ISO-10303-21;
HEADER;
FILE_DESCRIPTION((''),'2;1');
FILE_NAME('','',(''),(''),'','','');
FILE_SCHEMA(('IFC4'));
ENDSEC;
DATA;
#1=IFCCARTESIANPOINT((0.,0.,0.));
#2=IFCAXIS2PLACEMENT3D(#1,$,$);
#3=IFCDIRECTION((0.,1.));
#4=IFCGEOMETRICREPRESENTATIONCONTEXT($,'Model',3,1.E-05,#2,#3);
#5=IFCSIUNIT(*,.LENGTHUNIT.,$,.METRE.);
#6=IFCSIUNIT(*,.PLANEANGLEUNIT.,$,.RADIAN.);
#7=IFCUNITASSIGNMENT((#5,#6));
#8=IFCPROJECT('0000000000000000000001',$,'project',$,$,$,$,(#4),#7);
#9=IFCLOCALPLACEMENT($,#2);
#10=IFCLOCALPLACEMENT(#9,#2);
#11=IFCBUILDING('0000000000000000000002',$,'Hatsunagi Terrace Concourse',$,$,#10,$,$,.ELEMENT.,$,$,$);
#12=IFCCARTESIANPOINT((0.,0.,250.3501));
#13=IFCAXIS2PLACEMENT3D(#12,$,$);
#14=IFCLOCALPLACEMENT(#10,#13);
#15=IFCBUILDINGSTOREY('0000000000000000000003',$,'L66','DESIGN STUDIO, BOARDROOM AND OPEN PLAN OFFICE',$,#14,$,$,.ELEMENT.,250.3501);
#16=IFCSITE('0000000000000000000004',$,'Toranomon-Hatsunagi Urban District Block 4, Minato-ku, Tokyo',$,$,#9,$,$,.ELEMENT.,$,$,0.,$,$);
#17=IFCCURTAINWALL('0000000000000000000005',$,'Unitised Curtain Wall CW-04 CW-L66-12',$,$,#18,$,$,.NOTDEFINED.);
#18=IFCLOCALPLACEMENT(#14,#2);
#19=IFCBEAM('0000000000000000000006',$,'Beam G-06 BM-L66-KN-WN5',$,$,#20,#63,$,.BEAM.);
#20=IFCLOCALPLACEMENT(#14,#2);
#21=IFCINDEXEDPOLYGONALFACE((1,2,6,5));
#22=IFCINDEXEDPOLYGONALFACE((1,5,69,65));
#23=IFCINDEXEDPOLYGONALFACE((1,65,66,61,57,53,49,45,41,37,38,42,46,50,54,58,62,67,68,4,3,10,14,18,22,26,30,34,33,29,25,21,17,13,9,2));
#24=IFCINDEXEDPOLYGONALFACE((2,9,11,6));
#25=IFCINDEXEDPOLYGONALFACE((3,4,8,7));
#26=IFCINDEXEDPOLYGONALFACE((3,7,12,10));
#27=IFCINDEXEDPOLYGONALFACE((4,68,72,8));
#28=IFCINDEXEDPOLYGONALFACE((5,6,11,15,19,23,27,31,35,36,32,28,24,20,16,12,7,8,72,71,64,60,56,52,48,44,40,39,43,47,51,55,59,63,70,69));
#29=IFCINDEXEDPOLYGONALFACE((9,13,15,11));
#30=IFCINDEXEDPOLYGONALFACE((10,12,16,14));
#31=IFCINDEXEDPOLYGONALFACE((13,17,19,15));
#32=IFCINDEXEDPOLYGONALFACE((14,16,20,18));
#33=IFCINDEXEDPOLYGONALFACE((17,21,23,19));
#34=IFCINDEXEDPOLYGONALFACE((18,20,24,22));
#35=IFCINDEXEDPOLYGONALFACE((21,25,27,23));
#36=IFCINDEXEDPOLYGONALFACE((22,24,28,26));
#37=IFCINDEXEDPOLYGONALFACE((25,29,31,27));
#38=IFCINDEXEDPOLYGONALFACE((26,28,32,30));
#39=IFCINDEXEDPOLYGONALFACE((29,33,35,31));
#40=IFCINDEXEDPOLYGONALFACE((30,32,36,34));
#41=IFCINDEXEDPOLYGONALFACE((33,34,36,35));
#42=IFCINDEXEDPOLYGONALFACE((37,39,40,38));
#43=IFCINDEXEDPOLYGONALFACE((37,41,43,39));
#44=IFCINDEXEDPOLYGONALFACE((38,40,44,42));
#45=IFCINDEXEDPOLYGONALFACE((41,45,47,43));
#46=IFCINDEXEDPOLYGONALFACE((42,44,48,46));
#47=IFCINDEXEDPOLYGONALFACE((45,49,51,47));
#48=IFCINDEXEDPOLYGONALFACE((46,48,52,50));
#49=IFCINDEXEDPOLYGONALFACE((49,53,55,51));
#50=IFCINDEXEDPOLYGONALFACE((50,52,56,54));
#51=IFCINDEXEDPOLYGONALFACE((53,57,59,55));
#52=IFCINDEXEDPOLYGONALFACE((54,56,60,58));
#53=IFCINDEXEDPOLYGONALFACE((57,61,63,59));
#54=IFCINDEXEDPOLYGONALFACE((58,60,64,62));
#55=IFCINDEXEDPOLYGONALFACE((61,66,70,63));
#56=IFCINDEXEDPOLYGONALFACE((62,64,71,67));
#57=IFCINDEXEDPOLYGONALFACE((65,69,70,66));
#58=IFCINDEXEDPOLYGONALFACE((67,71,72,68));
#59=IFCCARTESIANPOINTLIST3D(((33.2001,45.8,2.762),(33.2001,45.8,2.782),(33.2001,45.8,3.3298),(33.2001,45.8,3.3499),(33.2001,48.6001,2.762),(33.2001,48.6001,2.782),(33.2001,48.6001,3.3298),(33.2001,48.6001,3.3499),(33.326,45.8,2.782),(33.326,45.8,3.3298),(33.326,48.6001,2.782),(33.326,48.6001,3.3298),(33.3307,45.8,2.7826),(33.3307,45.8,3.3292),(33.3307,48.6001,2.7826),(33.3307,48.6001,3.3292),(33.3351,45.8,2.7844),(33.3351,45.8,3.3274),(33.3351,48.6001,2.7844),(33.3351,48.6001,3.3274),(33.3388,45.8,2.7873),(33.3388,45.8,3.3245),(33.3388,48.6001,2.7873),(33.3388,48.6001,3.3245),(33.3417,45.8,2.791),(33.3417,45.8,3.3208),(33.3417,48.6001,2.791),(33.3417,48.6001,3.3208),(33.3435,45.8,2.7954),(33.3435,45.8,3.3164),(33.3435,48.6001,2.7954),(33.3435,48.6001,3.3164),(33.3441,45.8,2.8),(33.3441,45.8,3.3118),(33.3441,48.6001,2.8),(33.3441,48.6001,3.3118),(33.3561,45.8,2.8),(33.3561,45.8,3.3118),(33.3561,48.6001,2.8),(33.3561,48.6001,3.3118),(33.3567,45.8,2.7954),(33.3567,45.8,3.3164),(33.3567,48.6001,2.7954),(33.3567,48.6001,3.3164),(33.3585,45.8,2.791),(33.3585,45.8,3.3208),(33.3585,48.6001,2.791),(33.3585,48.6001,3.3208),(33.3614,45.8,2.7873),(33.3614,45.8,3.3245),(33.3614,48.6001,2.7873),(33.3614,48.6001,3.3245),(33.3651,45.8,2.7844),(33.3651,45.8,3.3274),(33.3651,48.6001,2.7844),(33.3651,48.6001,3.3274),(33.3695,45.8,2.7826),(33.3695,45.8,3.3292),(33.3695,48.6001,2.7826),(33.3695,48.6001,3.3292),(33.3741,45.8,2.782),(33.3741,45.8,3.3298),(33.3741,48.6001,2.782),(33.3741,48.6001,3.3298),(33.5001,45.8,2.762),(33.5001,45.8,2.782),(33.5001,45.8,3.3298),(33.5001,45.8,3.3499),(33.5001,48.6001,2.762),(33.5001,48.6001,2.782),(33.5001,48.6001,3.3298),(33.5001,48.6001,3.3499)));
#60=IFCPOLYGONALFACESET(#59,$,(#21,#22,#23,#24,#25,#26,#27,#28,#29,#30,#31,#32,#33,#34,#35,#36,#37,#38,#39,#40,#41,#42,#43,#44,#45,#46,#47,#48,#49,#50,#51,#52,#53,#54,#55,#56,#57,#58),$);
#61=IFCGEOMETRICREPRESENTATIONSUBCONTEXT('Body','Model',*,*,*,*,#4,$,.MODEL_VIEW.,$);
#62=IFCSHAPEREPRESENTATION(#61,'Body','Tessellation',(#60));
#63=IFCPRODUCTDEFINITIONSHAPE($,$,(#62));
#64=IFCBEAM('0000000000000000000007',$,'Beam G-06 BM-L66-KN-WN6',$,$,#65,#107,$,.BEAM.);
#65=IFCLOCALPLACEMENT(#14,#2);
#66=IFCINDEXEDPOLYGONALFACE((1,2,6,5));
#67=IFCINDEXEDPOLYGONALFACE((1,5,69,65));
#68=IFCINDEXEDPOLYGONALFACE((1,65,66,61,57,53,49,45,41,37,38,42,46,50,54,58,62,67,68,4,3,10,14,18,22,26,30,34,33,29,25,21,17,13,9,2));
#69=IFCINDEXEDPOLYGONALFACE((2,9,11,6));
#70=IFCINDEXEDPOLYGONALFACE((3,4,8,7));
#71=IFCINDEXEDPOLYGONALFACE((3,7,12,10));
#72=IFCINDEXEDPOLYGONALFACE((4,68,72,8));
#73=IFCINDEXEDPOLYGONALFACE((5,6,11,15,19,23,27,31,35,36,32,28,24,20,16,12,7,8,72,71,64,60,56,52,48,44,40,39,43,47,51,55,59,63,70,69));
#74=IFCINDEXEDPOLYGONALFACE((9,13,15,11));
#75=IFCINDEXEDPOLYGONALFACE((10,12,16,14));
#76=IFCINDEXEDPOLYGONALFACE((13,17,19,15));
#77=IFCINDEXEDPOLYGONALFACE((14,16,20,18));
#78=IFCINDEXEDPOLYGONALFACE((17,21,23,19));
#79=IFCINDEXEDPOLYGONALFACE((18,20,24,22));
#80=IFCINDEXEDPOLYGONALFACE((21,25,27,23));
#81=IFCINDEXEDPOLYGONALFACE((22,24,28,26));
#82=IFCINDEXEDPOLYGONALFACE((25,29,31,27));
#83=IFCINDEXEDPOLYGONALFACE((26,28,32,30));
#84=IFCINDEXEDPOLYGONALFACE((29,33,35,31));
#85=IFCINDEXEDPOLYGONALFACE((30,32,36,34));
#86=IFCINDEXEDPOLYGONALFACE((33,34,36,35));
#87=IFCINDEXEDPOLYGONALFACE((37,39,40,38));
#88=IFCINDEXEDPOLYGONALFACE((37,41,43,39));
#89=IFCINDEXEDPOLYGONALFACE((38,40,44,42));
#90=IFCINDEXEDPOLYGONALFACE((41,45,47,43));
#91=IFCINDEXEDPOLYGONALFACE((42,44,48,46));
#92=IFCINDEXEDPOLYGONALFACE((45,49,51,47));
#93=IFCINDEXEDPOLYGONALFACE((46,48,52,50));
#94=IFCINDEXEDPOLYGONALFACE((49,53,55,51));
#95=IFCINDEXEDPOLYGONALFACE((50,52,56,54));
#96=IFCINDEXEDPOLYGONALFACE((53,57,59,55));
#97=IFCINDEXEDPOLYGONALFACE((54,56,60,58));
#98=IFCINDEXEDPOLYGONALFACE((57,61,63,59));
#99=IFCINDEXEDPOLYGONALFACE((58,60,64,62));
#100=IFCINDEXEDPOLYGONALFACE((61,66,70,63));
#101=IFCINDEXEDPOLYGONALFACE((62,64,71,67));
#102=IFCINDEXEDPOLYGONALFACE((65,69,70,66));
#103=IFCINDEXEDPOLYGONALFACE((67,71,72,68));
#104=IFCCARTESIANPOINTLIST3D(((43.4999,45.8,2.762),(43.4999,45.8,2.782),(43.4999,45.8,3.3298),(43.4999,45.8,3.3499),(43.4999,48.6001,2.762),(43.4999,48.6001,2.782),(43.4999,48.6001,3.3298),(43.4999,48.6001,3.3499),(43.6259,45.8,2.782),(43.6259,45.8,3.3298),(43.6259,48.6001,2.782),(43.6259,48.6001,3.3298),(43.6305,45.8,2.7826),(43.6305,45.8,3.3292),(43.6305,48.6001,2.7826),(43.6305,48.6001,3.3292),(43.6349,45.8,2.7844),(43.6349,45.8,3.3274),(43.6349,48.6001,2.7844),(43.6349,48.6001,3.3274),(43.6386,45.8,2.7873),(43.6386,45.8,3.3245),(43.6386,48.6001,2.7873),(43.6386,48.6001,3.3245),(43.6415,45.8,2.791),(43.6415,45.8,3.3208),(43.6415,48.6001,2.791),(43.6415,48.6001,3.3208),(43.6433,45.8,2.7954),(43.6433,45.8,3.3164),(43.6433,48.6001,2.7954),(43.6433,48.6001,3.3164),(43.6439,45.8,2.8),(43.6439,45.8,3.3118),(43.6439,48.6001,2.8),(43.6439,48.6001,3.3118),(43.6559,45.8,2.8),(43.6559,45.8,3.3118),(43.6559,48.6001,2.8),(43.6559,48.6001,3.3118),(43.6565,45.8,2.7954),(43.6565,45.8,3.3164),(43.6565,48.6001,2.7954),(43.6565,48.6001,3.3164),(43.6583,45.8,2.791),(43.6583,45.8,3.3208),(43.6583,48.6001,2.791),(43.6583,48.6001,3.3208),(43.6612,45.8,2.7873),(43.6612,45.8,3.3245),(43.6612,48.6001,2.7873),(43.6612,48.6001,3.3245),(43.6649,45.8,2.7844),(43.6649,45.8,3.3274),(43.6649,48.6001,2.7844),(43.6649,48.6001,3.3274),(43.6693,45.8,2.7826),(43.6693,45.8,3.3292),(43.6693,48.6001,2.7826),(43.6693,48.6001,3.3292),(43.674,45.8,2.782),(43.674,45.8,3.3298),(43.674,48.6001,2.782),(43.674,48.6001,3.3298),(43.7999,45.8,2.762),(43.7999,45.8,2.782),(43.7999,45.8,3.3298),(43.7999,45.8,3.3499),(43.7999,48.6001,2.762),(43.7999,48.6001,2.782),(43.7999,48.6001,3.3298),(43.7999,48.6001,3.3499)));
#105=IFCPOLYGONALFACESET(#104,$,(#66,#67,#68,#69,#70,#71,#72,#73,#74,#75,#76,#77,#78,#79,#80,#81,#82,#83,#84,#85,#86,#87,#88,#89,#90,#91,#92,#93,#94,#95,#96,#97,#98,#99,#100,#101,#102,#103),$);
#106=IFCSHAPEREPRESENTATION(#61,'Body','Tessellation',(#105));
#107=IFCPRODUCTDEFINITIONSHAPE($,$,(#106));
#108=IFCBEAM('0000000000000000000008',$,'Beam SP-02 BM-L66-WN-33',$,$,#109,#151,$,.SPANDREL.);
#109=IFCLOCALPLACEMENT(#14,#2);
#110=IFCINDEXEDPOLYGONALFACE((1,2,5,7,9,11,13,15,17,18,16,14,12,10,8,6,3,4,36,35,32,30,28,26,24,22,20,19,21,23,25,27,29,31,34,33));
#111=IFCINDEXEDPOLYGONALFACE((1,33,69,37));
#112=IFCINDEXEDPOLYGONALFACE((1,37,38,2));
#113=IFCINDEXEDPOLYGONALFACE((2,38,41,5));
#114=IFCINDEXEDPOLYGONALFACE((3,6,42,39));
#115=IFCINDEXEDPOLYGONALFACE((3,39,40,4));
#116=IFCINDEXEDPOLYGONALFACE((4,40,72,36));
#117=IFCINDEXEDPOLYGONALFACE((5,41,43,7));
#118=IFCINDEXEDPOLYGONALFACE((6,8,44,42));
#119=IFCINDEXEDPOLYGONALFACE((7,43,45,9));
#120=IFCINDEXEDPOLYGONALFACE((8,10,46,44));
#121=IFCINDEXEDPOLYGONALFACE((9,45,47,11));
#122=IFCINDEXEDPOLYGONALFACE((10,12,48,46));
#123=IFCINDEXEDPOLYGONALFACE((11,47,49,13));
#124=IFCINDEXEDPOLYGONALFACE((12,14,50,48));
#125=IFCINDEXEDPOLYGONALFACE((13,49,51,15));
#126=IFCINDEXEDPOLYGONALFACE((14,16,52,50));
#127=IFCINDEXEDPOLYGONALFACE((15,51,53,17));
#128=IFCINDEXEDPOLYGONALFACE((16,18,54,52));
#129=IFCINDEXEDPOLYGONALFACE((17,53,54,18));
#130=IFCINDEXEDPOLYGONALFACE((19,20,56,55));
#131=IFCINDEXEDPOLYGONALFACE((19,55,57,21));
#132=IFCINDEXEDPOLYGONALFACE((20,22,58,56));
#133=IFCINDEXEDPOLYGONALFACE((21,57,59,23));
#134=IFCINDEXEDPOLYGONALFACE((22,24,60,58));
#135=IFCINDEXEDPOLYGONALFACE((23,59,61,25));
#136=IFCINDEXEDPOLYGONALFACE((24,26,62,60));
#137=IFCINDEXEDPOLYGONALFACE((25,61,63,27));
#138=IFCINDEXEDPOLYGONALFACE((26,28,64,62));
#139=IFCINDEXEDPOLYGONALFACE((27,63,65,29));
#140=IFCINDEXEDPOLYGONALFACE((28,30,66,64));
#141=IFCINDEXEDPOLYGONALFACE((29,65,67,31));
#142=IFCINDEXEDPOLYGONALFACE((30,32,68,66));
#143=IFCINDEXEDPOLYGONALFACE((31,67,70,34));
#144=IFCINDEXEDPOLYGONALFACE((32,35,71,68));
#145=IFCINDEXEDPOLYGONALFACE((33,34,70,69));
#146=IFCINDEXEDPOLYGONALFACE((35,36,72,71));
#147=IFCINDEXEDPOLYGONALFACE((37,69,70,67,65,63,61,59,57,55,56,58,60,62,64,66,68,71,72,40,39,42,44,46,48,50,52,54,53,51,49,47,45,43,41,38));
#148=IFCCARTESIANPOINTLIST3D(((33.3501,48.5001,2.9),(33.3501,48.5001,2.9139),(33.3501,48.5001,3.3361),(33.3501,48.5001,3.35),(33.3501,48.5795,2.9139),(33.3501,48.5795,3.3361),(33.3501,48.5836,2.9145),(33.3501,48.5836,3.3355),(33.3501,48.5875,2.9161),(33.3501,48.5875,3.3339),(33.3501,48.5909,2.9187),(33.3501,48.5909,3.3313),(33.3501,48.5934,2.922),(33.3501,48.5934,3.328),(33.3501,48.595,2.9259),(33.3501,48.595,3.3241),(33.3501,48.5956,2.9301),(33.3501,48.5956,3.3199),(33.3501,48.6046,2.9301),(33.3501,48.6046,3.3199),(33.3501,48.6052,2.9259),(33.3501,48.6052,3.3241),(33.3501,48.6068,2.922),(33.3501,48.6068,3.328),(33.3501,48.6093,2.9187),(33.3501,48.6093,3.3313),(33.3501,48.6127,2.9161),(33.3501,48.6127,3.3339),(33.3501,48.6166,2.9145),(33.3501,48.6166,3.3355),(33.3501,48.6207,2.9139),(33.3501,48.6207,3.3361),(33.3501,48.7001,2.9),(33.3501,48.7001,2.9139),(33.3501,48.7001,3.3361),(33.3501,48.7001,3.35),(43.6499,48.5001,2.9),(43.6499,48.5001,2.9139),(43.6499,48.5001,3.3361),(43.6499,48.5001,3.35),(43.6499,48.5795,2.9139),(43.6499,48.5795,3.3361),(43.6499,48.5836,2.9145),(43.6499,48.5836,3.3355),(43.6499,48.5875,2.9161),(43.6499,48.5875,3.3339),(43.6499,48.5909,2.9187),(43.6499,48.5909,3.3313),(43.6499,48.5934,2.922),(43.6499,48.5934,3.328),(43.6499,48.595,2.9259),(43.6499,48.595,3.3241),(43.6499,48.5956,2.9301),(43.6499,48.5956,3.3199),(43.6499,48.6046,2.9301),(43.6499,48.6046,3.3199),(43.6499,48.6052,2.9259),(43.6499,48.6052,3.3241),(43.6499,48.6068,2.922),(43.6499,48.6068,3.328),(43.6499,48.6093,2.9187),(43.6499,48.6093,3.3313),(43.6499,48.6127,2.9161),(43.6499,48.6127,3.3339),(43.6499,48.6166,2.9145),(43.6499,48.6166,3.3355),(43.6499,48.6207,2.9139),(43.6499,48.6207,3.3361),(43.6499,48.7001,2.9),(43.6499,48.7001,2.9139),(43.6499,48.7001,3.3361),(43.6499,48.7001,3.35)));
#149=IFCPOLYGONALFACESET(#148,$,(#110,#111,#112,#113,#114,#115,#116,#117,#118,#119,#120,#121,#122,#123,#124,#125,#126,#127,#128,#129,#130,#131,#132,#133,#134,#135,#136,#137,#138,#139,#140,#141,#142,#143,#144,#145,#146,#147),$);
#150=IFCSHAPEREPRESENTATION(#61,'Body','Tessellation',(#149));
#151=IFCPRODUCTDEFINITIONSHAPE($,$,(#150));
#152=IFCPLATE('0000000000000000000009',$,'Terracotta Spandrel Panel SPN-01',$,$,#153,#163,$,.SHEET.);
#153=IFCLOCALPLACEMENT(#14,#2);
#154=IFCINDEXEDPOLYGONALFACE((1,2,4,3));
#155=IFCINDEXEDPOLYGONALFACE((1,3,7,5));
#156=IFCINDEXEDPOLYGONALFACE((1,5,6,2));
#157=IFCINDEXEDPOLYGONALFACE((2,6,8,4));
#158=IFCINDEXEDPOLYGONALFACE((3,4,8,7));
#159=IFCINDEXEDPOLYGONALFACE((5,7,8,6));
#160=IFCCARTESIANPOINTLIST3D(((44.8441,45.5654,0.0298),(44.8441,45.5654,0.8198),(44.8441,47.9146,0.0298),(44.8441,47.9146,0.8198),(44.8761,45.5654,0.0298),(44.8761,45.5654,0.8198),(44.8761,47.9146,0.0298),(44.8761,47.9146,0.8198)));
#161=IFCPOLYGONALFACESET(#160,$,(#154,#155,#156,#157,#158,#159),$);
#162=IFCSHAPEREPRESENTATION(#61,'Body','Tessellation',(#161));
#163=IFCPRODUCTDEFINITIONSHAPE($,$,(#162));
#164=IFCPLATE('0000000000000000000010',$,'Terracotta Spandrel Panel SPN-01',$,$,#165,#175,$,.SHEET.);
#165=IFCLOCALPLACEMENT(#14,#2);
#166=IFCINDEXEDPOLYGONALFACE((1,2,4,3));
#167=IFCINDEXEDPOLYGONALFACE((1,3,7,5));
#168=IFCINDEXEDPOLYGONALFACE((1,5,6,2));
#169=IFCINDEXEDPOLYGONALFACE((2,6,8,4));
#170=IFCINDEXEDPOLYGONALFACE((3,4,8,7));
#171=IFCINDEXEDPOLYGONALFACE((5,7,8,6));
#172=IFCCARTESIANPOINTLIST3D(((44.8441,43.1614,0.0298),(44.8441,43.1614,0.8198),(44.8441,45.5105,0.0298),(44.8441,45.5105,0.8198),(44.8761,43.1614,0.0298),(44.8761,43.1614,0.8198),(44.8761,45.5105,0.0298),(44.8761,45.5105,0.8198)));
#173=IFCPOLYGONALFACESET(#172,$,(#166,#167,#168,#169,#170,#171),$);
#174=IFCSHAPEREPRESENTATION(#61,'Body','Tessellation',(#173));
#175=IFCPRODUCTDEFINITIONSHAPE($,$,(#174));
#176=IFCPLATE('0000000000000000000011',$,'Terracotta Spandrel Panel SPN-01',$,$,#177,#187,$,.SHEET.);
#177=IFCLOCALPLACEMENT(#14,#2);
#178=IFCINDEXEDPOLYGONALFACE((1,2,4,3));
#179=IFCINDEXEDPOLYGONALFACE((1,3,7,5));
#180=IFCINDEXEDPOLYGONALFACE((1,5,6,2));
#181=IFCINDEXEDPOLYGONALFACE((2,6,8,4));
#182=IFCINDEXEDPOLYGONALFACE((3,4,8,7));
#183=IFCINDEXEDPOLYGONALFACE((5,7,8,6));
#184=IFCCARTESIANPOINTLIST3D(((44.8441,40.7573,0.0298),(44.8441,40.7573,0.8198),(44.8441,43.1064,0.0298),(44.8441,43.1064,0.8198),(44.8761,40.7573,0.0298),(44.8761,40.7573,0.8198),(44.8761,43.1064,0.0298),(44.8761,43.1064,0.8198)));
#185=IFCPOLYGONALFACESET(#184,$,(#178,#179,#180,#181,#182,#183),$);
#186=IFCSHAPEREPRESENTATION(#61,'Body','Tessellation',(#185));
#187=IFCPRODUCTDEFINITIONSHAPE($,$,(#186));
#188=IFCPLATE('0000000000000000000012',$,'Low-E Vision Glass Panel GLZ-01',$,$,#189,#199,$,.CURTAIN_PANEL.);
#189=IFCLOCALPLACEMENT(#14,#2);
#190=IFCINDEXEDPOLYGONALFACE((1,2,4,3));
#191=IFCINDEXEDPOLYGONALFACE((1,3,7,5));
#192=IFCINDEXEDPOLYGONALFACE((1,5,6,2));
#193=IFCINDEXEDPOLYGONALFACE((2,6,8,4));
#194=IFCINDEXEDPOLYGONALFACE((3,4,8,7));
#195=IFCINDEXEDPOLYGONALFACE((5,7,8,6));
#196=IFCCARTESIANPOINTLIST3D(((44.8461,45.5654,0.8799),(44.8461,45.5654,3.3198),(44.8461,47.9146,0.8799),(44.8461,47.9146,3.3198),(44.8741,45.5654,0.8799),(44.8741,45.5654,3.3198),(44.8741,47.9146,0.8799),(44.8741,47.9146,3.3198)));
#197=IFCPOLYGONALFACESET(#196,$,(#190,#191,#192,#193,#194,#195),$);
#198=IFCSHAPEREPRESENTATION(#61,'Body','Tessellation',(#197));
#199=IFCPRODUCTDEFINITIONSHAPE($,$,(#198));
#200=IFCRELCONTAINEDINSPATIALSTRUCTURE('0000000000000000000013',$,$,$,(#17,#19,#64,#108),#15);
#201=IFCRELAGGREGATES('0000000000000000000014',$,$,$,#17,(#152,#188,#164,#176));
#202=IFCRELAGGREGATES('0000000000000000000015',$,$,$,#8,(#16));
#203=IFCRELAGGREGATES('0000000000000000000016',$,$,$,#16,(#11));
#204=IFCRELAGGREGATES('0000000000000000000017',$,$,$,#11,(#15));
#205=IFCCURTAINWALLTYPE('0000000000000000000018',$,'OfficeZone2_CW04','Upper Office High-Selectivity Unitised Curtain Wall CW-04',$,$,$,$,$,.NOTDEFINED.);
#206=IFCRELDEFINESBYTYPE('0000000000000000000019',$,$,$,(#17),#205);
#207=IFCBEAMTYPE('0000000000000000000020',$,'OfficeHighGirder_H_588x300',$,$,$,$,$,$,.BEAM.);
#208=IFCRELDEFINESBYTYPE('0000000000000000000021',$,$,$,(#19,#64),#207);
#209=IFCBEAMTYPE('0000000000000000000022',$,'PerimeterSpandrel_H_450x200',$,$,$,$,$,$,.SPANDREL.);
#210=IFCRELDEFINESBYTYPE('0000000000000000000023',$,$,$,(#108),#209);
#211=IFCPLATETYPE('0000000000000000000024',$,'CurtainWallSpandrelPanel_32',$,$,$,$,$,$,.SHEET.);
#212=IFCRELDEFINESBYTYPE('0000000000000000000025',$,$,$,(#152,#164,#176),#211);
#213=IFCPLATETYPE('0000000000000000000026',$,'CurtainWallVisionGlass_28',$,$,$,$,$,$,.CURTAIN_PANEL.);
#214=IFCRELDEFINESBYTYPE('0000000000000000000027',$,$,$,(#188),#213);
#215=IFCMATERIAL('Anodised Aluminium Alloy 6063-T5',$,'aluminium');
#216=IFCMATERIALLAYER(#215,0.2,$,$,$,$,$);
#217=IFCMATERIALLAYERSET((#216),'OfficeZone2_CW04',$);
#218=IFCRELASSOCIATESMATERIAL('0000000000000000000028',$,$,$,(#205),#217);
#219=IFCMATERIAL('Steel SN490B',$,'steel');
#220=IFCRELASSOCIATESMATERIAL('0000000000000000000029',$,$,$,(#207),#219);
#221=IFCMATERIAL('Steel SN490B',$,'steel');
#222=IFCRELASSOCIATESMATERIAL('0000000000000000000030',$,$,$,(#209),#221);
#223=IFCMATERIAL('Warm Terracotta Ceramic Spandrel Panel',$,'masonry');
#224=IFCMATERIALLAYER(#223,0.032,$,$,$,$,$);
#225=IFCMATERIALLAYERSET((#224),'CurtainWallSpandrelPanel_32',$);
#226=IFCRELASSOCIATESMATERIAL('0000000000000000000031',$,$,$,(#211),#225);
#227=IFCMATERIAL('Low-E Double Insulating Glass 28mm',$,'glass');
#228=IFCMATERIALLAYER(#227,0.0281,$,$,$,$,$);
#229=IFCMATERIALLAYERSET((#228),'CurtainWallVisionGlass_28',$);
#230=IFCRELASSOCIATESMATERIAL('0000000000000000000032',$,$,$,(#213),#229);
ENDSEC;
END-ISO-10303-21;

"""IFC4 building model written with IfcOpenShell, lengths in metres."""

from ifc_helpers import new_model, si_unit, direction, frame, origin, origin_2d, place, context, subcontext, project, spatial, rectangle, i_section, extrude, material, layer, layer_set, material_profile, profile_set, type_object, element, aggregate, save


model = new_model("IFC4")

# Units and contexts
model_context = context("Model", 3, precision=1e-05, world=origin(), true_north=direction((0.0, 1.0)))
body_context = subcontext(model_context, "Body", "Model", "MODEL_VIEW")
ifc_project = project(units=[si_unit("LENGTHUNIT", "METRE"), si_unit("PLANEANGLEUNIT", "RADIAN")], contexts=[model_context])

# Site, building, storey
site_placement = place(None, origin())
site = spatial("IfcSite", under=ifc_project, at=site_placement, Name="Toranomon-Hatsunagi Urban District Block 4, Minato-ku, Tokyo", CompositionType="ELEMENT", RefElevation=0.0)
building_placement = place(site_placement, origin())
building = spatial("IfcBuilding", under=site, at=building_placement, Name="Hatsunagi Terrace Concourse", CompositionType="ELEMENT")
storey_placement = place(building_placement, frame((0.0, 0.0, 250.3501)))
storey = spatial("IfcBuildingStorey", under=building, at=storey_placement, Name="L66", Description="DESIGN STUDIO, BOARDROOM AND OPEN PLAN OFFICE", CompositionType="ELEMENT", Elevation=250.3501)

# Curtain wall
ifc_material_1 = material(Name="Anodised Aluminium Alloy 6063-T5", Category="aluminium")
ifc_layer_1 = layer(ifc_material_1, 0.2)
ifc_layer_set_1 = layer_set([ifc_layer_1], Name="OfficeZone2_CW04")
curtain_wall_type = type_object("IfcCurtainWallType", Name="OfficeZone2_CW04", Description="Upper Office High-Selectivity Unitised Curtain Wall CW-04", PredefinedType="NOTDEFINED", material=ifc_layer_set_1)
curtain_wall_placement = place(storey_placement, origin())
curtain_wall = element("IfcCurtainWall", 1, at=curtain_wall_placement, inside=storey, type_object=curtain_wall_type, Name="Unitised Curtain Wall CW-04 CW-L66-12", PredefinedType="NOTDEFINED")

# Beams
ifc_material_2 = material(Name="Steel SN490B", Category="steel")
ifc_material_profile_1 = material_profile(ifc_material_2, i_section(OverallWidth=0.3, OverallDepth=0.5879, WebThickness=0.012, FlangeThickness=0.02, FilletRadius=0.0181, at=origin_2d()), Name="H-588x300x12x20")
ifc_profile_set_1 = profile_set([ifc_material_profile_1], Name="Steel SN490B")
beam_type_1 = type_object("IfcBeamType", Name="OfficeHighGirder_H_588x300", PredefinedType="BEAM", material=ifc_profile_set_1)
for number, where, z_axis, x_axis, name in (
    (2, (33.3501, 45.8, 3.0559), (0.0, 1.0, 0.0), (-1.0, 0.0, 0.0), "Beam G-06 BM-L66-KN-WN5"),
    (3, (43.6499, 45.8, 3.0559), (0.0, 1.0, 0.0), (-1.0, 0.0, 0.0), "Beam G-06 BM-L66-KN-WN6"),
):
    element("IfcBeam", number, at=place(storey_placement, frame(where, z_axis=z_axis, x_axis=x_axis)), inside=storey, type_object=beam_type_1, Name=name, PredefinedType="BEAM", context=body_context, shape_type="SweptSolid", body=[
        extrude(i_section(OverallWidth=0.3, OverallDepth=0.5879, WebThickness=0.012, FlangeThickness=0.02, FilletRadius=0.0181, at=origin_2d()), origin(), (0.0, 0.0, 1.0), 2.8),
    ])
ifc_material_3 = material(Name="Steel SN490B", Category="steel")
ifc_material_profile_2 = material_profile(ifc_material_3, i_section(OverallWidth=0.2, OverallDepth=0.45, WebThickness=0.009, FlangeThickness=0.0139, FilletRadius=0.0161, at=origin_2d()), Name="H-450x200x9x14")
ifc_profile_set_2 = profile_set([ifc_material_profile_2], Name="Steel SN490B")
beam_type_2 = type_object("IfcBeamType", Name="PerimeterSpandrel_H_450x200", PredefinedType="SPANDREL", material=ifc_profile_set_2)
beam_1_placement = place(storey_placement, frame((33.3501, 48.6001, 3.125), z_axis=(1.0, 0.0, 0.0), x_axis=(0.0, 1.0, 0.0)))
element("IfcBeam", 4, at=beam_1_placement, inside=storey, type_object=beam_type_2, Name="Beam SP-02 BM-L66-WN-33", PredefinedType="SPANDREL", context=body_context, shape_type="SweptSolid", body=[
    extrude(i_section(OverallWidth=0.2, OverallDepth=0.45, WebThickness=0.009, FlangeThickness=0.0139, FilletRadius=0.0161, at=origin_2d()), origin(), (0.0, 0.0, 1.0), 10.2998),
])

# Plates
ifc_material_4 = material(Name="Warm Terracotta Ceramic Spandrel Panel", Category="masonry")
ifc_layer_2 = layer(ifc_material_4, 0.032)
ifc_layer_set_2 = layer_set([ifc_layer_2], Name="CurtainWallSpandrelPanel_32")
plate_type_1 = type_object("IfcPlateType", Name="CurtainWallSpandrelPanel_32", PredefinedType="SHEET", material=ifc_layer_set_2)
plate_1_placement = place(storey_placement, frame((44.8601, 46.74, 0.0298), z_axis=(0.0, 0.0, 1.0), x_axis=(0.0, -1.0, 0.0)))
plate_1 = element("IfcPlate", 5, at=plate_1_placement, type_object=plate_type_1, Name="Terracotta Spandrel Panel SPN-01", PredefinedType="SHEET", context=body_context, shape_type="SweptSolid", body=[
    extrude(rectangle(XDim=2.3491, YDim=0.032, at=origin_2d()), origin(), (0.0, 0.0, 1.0), 0.79),
])
plate_2_placement = place(storey_placement, frame((44.8601, 44.3359, 0.0298), z_axis=(0.0, 0.0, 1.0), x_axis=(0.0, -1.0, 0.0)))
plate_2 = element("IfcPlate", 6, at=plate_2_placement, type_object=plate_type_1, Name="Terracotta Spandrel Panel SPN-01", PredefinedType="SHEET", context=body_context, shape_type="SweptSolid", body=[
    extrude(rectangle(XDim=2.3491, YDim=0.032, at=origin_2d()), origin(), (0.0, 0.0, 1.0), 0.79),
])
plate_3_placement = place(storey_placement, frame((44.8601, 41.9319, 0.0298), z_axis=(0.0, 0.0, 1.0), x_axis=(0.0, -1.0, 0.0)))
plate_3 = element("IfcPlate", 7, at=plate_3_placement, type_object=plate_type_1, Name="Terracotta Spandrel Panel SPN-01", PredefinedType="SHEET", context=body_context, shape_type="SweptSolid", body=[
    extrude(rectangle(XDim=2.3491, YDim=0.032, at=origin_2d()), origin(), (0.0, 0.0, 1.0), 0.79),
])
ifc_material_5 = material(Name="Low-E Double Insulating Glass 28mm", Category="glass")
ifc_layer_3 = layer(ifc_material_5, 0.0281)
ifc_layer_set_3 = layer_set([ifc_layer_3], Name="CurtainWallVisionGlass_28")
plate_type_2 = type_object("IfcPlateType", Name="CurtainWallVisionGlass_28", PredefinedType="CURTAIN_PANEL", material=ifc_layer_set_3)
plate_4_placement = place(storey_placement, frame((44.8601, 46.74, 0.8799), z_axis=(0.0, 0.0, 1.0), x_axis=(0.0, -1.0, 0.0)))
plate_4 = element("IfcPlate", 8, at=plate_4_placement, type_object=plate_type_2, Name="Low-E Vision Glass Panel GLZ-01", PredefinedType="CURTAIN_PANEL", context=body_context, shape_type="SweptSolid", body=[
    extrude(rectangle(XDim=2.3491, YDim=0.0281, at=origin_2d()), origin(), (0.0, 0.0, 1.0), 2.4399),
])
aggregate(curtain_wall, [plate_1, plate_4, plate_2, plate_3])

save(model, "model.ifc")
